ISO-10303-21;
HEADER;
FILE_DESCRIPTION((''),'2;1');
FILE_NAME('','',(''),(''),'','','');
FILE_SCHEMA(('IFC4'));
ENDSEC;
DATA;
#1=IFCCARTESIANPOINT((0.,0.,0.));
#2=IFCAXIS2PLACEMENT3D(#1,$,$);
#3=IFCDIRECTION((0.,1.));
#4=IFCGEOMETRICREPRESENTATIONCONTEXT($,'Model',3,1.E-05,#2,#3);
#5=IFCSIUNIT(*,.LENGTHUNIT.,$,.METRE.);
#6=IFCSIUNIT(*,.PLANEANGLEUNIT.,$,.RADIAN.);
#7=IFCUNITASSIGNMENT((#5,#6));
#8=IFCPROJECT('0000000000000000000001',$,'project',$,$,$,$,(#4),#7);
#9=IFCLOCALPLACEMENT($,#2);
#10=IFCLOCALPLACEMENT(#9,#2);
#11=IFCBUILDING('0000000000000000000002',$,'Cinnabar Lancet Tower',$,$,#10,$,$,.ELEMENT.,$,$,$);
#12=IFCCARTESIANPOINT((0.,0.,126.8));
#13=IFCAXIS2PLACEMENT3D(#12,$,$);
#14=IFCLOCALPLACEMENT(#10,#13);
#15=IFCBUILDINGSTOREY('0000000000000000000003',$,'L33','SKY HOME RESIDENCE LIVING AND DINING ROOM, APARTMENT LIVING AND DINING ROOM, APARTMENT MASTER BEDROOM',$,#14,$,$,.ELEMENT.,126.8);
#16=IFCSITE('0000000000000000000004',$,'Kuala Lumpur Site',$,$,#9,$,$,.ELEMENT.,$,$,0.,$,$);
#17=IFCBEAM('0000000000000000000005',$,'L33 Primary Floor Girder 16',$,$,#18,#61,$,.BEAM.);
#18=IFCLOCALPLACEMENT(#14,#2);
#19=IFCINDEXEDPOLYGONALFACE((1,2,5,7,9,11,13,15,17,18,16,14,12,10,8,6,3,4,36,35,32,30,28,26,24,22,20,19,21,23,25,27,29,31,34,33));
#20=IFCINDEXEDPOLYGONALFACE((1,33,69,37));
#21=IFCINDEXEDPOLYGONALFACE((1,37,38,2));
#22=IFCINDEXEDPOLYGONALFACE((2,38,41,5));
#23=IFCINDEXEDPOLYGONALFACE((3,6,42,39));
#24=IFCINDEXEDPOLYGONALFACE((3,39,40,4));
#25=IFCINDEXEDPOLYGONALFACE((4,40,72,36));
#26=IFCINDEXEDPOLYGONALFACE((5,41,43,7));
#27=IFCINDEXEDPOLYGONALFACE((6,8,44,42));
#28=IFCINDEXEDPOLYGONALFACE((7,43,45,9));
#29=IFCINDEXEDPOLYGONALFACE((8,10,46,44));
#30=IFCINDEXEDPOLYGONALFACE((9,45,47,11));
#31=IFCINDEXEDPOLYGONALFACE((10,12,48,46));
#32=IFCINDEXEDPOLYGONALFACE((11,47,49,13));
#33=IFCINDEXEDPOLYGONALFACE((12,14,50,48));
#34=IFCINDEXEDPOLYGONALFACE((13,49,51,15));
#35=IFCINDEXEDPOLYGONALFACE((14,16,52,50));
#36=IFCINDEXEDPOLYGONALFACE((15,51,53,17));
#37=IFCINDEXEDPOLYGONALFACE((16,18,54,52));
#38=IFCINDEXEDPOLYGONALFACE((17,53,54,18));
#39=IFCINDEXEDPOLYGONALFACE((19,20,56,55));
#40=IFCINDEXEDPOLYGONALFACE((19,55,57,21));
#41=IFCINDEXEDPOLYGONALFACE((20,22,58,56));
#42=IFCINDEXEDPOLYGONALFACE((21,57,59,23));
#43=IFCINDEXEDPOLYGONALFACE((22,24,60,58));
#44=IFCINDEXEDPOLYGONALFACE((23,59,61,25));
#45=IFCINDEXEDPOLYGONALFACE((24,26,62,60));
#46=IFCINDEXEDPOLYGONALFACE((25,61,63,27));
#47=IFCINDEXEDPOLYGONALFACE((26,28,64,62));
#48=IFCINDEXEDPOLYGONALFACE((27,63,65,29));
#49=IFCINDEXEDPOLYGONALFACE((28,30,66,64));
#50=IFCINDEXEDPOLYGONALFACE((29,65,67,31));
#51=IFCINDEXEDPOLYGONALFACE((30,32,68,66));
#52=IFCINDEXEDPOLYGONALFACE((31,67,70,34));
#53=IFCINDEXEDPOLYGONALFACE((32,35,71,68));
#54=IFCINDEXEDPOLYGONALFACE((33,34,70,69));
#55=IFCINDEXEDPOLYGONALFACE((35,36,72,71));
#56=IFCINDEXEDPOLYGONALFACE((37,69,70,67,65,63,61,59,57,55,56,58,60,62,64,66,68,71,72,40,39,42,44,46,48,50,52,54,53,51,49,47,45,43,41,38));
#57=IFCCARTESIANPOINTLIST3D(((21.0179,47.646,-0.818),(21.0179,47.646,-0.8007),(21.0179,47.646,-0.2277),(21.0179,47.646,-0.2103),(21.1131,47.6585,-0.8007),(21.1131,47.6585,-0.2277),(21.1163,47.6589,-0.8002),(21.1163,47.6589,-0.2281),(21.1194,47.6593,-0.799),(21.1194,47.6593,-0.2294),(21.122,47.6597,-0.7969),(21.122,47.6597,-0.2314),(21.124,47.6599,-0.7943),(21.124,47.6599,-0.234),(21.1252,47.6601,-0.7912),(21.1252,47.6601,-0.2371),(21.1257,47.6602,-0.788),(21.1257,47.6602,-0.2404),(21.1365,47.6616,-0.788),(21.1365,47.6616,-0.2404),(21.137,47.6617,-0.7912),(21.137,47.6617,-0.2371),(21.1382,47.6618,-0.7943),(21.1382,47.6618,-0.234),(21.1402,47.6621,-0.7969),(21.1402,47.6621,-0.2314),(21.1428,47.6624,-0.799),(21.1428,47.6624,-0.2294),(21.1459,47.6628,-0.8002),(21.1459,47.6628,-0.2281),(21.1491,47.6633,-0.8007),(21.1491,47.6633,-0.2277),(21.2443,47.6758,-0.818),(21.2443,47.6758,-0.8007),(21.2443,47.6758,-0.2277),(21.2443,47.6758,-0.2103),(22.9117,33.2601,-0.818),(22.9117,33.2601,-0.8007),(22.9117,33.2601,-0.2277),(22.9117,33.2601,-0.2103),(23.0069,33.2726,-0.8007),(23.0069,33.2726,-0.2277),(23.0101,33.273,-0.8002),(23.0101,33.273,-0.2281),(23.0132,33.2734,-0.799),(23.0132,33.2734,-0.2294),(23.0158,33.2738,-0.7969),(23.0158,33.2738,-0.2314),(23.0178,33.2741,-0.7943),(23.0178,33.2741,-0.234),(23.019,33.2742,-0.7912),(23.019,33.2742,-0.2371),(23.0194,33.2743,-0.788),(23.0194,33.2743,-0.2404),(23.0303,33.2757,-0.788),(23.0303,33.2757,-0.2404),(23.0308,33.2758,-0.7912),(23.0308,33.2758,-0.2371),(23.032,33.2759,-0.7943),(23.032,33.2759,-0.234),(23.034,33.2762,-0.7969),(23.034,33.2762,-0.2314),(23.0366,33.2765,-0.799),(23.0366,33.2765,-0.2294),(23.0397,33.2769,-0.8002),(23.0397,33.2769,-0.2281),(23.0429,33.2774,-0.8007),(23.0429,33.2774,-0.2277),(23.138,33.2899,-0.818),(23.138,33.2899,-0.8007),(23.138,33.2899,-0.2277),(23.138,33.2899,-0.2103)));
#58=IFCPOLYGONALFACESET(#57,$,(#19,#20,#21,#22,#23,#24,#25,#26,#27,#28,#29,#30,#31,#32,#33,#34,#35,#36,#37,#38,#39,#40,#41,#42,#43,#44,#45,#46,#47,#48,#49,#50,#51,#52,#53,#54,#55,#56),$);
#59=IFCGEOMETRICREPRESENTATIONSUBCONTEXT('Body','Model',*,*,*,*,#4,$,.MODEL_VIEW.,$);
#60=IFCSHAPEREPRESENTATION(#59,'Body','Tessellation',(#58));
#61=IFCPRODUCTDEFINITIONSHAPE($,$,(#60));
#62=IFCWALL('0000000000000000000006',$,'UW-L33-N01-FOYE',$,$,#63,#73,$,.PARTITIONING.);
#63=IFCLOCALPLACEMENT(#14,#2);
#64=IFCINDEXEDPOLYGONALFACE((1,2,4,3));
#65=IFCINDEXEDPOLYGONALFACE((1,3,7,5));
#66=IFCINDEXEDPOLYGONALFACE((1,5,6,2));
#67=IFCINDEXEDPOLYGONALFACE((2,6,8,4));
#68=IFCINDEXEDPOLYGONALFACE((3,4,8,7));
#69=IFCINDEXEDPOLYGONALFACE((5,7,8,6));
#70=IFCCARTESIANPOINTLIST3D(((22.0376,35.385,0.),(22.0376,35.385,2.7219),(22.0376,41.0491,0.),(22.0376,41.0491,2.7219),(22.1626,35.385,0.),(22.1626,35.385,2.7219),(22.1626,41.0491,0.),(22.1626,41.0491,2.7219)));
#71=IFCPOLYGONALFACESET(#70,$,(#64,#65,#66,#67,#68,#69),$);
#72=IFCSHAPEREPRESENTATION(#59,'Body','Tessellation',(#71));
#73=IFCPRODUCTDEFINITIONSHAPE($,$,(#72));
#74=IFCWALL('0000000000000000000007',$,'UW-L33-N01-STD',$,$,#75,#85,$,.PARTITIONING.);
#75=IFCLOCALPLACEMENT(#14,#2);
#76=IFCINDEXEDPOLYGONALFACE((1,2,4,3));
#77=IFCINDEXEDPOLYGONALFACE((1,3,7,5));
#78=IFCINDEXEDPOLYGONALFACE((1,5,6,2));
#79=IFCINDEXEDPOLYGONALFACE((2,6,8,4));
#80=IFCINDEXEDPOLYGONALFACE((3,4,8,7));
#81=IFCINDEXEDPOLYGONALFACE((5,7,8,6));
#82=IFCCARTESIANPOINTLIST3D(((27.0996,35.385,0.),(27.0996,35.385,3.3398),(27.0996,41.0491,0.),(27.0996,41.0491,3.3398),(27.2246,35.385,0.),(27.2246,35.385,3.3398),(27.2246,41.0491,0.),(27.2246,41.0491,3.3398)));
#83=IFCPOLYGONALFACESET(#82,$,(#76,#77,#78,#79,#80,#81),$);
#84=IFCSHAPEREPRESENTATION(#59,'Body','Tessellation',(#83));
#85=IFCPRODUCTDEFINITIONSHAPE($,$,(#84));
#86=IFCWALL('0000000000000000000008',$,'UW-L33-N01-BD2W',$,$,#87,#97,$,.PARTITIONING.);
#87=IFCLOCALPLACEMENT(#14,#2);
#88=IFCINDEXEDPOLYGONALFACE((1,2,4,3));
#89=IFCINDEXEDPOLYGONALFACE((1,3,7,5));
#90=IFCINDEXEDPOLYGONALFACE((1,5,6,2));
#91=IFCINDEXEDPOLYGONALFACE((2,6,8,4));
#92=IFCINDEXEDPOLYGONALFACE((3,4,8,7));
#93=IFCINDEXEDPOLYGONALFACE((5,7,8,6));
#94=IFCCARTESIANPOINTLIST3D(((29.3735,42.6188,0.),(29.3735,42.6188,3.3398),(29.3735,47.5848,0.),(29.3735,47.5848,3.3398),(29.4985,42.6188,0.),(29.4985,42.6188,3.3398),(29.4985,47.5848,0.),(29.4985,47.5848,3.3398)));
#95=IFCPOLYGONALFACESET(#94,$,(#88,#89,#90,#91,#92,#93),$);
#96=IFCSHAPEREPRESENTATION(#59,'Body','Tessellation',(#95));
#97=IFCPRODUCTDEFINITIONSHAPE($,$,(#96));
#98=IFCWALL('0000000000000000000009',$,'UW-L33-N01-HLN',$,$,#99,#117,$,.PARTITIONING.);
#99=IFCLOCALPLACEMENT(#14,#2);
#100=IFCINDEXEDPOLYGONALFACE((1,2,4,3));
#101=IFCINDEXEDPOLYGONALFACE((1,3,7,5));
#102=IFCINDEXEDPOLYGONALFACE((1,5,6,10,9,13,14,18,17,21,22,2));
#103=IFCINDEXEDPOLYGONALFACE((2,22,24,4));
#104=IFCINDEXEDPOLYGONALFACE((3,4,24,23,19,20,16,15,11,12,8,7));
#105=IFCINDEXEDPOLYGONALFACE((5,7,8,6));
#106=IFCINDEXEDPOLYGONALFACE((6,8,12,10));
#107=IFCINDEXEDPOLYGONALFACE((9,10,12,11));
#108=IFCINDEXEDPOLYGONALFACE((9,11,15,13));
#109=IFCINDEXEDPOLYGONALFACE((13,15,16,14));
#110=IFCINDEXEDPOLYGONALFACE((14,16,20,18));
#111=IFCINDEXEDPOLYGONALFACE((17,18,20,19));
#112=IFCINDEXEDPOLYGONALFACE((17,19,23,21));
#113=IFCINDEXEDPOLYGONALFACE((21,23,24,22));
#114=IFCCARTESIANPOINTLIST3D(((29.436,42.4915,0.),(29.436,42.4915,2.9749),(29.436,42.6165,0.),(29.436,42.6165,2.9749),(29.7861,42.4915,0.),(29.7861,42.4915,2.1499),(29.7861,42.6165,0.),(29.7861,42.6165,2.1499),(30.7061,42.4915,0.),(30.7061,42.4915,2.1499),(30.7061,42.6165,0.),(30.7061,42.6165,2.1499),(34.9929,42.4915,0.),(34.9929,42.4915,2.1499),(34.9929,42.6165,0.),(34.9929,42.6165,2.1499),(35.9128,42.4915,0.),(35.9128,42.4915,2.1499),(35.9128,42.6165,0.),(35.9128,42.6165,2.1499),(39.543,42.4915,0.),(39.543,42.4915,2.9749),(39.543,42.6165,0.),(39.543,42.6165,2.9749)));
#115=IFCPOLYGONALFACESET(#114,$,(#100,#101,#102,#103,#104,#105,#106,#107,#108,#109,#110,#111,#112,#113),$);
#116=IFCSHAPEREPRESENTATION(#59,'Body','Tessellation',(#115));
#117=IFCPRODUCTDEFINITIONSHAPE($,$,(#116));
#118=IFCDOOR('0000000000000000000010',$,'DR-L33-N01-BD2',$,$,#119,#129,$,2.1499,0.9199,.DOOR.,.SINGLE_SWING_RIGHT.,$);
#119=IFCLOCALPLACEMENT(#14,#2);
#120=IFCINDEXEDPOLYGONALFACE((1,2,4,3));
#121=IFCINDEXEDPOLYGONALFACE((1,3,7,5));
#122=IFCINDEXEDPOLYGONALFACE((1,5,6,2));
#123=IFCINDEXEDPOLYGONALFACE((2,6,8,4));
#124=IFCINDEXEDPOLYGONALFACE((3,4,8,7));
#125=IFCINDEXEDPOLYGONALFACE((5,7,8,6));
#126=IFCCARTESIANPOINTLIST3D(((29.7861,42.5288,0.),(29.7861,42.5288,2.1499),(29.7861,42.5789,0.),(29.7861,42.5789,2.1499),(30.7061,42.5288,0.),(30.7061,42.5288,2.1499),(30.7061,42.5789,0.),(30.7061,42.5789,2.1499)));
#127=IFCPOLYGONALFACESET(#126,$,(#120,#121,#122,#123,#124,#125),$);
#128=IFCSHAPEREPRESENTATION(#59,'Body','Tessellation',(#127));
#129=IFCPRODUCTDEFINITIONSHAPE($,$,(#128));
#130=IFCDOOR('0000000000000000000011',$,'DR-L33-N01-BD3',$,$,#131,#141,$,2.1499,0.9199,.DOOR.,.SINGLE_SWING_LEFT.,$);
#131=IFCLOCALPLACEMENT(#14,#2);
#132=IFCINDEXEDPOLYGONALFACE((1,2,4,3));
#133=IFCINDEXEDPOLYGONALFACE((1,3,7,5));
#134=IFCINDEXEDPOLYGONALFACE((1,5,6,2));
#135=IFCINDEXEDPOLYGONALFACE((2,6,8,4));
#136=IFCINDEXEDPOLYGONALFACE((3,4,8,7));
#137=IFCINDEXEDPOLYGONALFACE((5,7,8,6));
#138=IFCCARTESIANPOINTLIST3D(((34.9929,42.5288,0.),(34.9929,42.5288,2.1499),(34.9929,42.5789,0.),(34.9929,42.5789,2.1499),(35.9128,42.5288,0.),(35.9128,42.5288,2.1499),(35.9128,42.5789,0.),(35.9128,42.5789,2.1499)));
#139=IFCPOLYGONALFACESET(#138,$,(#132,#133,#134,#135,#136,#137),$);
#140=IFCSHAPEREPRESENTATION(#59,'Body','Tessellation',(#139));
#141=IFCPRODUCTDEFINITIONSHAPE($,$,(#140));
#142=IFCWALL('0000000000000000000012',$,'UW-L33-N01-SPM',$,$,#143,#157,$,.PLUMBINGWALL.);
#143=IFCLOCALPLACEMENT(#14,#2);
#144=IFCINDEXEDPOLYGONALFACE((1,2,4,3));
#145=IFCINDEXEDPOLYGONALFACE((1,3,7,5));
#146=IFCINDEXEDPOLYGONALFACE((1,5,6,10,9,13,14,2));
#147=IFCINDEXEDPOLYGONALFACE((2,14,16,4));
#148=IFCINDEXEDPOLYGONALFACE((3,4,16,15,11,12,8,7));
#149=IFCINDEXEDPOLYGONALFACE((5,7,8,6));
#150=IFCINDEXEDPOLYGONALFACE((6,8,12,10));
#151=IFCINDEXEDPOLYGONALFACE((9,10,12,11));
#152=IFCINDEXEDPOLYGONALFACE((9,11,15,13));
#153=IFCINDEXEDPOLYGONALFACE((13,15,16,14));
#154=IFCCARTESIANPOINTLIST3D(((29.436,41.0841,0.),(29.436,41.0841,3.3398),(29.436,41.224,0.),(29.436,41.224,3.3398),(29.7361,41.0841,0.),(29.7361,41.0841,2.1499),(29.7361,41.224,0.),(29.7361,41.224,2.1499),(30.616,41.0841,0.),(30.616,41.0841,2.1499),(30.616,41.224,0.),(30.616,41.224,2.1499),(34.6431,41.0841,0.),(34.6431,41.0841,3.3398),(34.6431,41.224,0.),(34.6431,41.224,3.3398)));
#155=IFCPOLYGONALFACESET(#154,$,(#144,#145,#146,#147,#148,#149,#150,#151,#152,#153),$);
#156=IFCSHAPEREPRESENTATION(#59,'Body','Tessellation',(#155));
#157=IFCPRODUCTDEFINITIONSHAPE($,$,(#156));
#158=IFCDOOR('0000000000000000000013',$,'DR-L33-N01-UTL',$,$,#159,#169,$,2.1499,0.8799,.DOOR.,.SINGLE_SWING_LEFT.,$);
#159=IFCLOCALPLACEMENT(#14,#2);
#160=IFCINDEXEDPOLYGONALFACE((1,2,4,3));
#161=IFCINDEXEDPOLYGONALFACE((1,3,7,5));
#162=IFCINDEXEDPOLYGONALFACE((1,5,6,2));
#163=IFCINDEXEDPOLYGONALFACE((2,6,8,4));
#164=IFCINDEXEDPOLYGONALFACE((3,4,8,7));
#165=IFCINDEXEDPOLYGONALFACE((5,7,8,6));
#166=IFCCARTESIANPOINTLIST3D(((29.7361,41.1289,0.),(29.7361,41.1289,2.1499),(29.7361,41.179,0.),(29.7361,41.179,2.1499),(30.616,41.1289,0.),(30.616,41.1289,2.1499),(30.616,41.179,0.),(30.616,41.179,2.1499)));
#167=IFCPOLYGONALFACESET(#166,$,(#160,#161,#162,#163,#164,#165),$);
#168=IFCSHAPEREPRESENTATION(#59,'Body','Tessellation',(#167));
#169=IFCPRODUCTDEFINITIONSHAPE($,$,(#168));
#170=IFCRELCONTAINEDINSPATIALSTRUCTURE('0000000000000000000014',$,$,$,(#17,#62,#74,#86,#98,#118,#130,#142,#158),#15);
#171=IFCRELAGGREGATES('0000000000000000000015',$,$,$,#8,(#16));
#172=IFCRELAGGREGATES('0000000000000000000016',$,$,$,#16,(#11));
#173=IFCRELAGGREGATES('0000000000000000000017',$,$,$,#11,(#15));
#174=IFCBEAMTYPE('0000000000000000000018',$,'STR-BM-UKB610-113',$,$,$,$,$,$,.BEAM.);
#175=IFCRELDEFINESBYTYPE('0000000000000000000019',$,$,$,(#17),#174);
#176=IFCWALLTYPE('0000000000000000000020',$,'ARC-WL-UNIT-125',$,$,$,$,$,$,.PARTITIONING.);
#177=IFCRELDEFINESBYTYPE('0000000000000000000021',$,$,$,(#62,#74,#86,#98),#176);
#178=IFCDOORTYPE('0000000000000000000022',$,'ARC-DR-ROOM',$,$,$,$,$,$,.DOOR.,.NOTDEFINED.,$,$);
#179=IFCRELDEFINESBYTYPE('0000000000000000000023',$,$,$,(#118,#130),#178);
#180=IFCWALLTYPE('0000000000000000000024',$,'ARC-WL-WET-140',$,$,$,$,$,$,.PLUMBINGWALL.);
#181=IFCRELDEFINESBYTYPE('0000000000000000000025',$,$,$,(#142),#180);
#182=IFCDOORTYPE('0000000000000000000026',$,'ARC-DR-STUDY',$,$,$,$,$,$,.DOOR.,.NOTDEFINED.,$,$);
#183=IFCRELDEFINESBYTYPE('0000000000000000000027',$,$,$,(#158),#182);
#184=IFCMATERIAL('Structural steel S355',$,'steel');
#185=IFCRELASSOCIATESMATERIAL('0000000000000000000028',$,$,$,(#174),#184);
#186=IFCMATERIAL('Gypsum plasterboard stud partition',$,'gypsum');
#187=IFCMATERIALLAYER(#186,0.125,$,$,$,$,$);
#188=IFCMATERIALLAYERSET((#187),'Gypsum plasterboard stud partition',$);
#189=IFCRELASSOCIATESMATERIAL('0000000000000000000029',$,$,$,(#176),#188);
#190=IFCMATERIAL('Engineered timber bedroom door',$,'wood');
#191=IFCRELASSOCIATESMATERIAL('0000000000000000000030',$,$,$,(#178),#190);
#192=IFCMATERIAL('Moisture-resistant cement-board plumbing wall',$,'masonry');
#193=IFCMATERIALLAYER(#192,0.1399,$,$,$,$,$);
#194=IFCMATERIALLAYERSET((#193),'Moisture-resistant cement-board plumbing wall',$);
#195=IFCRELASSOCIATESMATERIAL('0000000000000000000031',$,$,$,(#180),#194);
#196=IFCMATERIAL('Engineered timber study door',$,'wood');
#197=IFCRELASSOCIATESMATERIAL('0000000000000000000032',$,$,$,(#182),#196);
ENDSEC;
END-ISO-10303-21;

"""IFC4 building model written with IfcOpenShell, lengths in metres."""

from ifc_helpers import new_model, si_unit, direction, frame, frame_2d, origin, origin_2d, place, context, subcontext, project, spatial, rectangle, i_section, extrude, material, layer, layer_set, material_profile, profile_set, type_object, element, fill, save


model = new_model("IFC4")

# Units and contexts
model_context = context("Model", 3, precision=1e-05, world=origin(), true_north=direction((0.0, 1.0)))
body_context = subcontext(model_context, "Body", "Model", "MODEL_VIEW")
ifc_project = project(units=[si_unit("LENGTHUNIT", "METRE"), si_unit("PLANEANGLEUNIT", "RADIAN")], contexts=[model_context])

# Site, building, storey
site_placement = place(None, origin())
site = spatial("IfcSite", under=ifc_project, at=site_placement, Name="Kuala Lumpur Site", CompositionType="ELEMENT", RefElevation=0.0)
building_placement = place(site_placement, origin())
building = spatial("IfcBuilding", under=site, at=building_placement, Name="Cinnabar Lancet Tower", CompositionType="ELEMENT")
storey_placement = place(building_placement, frame((0.0, 0.0, 126.8)))
storey = spatial("IfcBuildingStorey", under=building, at=storey_placement, Name="L33", Description="SKY HOME RESIDENCE LIVING AND DINING ROOM, APARTMENT LIVING AND DINING ROOM, APARTMENT MASTER BEDROOM", CompositionType="ELEMENT", Elevation=126.8)

# Beam
ifc_material_1 = material(Name="Structural steel S355", Category="steel")
ifc_material_profile_1 = material_profile(ifc_material_1, i_section(OverallWidth=0.2283, OverallDepth=0.6077, WebThickness=0.011, FlangeThickness=0.0173, FilletRadius=0.0127, at=origin_2d()), Name="UKB 610x229x113")
ifc_profile_set_1 = profile_set([ifc_material_profile_1], Name="Structural steel S355")
beam_type_1 = type_object("IfcBeamType", Name="STR-BM-UKB610-113", PredefinedType="BEAM", material=ifc_profile_set_1)
beam_1_placement = place(storey_placement, frame((21.1311, 47.6609, -0.5142), z_axis=(0.130516, -0.991446, 0.0), x_axis=(0.991446, 0.130516, 0.0)))
element("IfcBeam", 1, at=beam_1_placement, inside=storey, type_object=beam_type_1, Name="L33 Primary Floor Girder 16", PredefinedType="BEAM", context=body_context, shape_type="SweptSolid", body=[
    extrude(i_section(OverallWidth=0.2283, OverallDepth=0.6077, WebThickness=0.011, FlangeThickness=0.0173, FilletRadius=0.0127, at=origin_2d()), origin(), (0.0, 0.0, 1.0), 14.51),
])

# Walls
ifc_material_2 = material(Name="Gypsum plasterboard stud partition", Category="gypsum")
ifc_layer_1 = layer(ifc_material_2, 0.125)
ifc_layer_set_1 = layer_set([ifc_layer_1], Name="Gypsum plasterboard stud partition")
wall_type_1 = type_object("IfcWallType", Name="ARC-WL-UNIT-125", PredefinedType="PARTITIONING", material=ifc_layer_set_1)
wall_1_placement = place(storey_placement, frame((22.1001, 35.385, 0.0), z_axis=(0.0, 0.0, 1.0), x_axis=(0.0, 1.0, 0.0)))
element("IfcWall", 2, at=wall_1_placement, inside=storey, type_object=wall_type_1, Name="UW-L33-N01-FOYE", PredefinedType="PARTITIONING", context=body_context, shape_type="SweptSolid", body=[
    extrude(rectangle(XDim=5.6641, YDim=0.125, at=frame_2d((2.832, 0.0))), origin(), (0.0, 0.0, 1.0), 2.7219),
])
wall_2_placement = place(storey_placement, frame((27.1621, 35.385, 0.0), z_axis=(0.0, 0.0, 1.0), x_axis=(0.0, 1.0, 0.0)))
element("IfcWall", 3, at=wall_2_placement, inside=storey, type_object=wall_type_1, Name="UW-L33-N01-STD", PredefinedType="PARTITIONING", context=body_context, shape_type="SweptSolid", body=[
    extrude(rectangle(XDim=5.6641, YDim=0.125, at=frame_2d((2.832, 0.0))), origin(), (0.0, 0.0, 1.0), 3.3398),
])
wall_3_placement = place(storey_placement, frame((29.436, 42.6189, 0.0), z_axis=(0.0, 0.0, 1.0), x_axis=(0.0, 1.0, 0.0)))
element("IfcWall", 4, at=wall_3_placement, inside=storey, type_object=wall_type_1, Name="UW-L33-N01-BD2W", PredefinedType="PARTITIONING", context=body_context, shape_type="SweptSolid", body=[
    extrude(rectangle(XDim=4.9661, YDim=0.125, at=frame_2d((2.4829, 0.0))), origin(), (0.0, 0.0, 1.0), 3.3398),
])

# Wall, openings, doors
wall_4_placement = place(storey_placement, frame((29.436, 42.554, 0.0), z_axis=(0.0, 0.0, 1.0), x_axis=(1.0, 0.0, 0.0)))
wall_4 = element("IfcWall", 5, at=wall_4_placement, inside=storey, type_object=wall_type_1, Name="UW-L33-N01-HLN", PredefinedType="PARTITIONING", context=body_context, shape_type="SweptSolid", body=[
    extrude(rectangle(XDim=10.1069, YDim=0.125, at=frame_2d((5.0535, 0.0))), origin(), (0.0, 0.0, 1.0), 2.9749),
])
opening_1_placement = place(wall_4_placement, frame((0.3501, 0.0, 0.0)))
opening_1 = element("IfcOpeningElement", 6, at=opening_1_placement, cuts=wall_4, PredefinedType="OPENING", context=body_context, shape_type="SweptSolid", body=[
    extrude(rectangle(XDim=0.9199, YDim=2.1499, at=frame_2d((0.46, 1.075))), frame((0.0, 0.0725, 0.0), z_axis=(0.0, -1.0, 0.0), x_axis=(1.0, 0.0, 0.0)), (0.0, 0.0, 1.0), 0.145),
])
opening_2_placement = place(wall_4_placement, frame((5.5569, 0.0, 0.0)))
opening_2 = element("IfcOpeningElement", 7, at=opening_2_placement, cuts=wall_4, PredefinedType="OPENING", context=body_context, shape_type="SweptSolid", body=[
    extrude(rectangle(XDim=0.9199, YDim=2.1499, at=frame_2d((0.46, 1.075))), frame((0.0, 0.0725, 0.0), z_axis=(0.0, -1.0, 0.0), x_axis=(1.0, 0.0, 0.0)), (0.0, 0.0, 1.0), 0.145),
])
ifc_material_3 = material(Name="Engineered timber bedroom door", Category="wood")
door_type_1 = type_object("IfcDoorType", Name="ARC-DR-ROOM", OperationType="NOTDEFINED", PredefinedType="DOOR", material=ifc_material_3)
door_1_placement = place(opening_1_placement, origin())
door_1 = element("IfcDoor", 8, at=door_1_placement, inside=storey, type_object=door_type_1, Name="DR-L33-N01-BD2", OperationType="SINGLE_SWING_RIGHT", OverallHeight=2.1499, OverallWidth=0.9199, PredefinedType="DOOR", context=body_context, shape_type="SweptSolid", body=[
    extrude(rectangle(XDim=0.9199, YDim=2.1499, at=frame_2d((0.46, 1.075))), frame((0.0, 0.0249, 0.0), z_axis=(0.0, -1.0, 0.0), x_axis=(1.0, 0.0, 0.0)), (0.0, 0.0, 1.0), 0.05),
])
fill(opening_1, door_1)
door_2_placement = place(opening_2_placement, origin())
door_2 = element("IfcDoor", 9, at=door_2_placement, inside=storey, type_object=door_type_1, Name="DR-L33-N01-BD3", OperationType="SINGLE_SWING_LEFT", OverallHeight=2.1499, OverallWidth=0.9199, PredefinedType="DOOR", context=body_context, shape_type="SweptSolid", body=[
    extrude(rectangle(XDim=0.9199, YDim=2.1499, at=frame_2d((0.46, 1.075))), frame((0.0, 0.0249, 0.0), z_axis=(0.0, -1.0, 0.0), x_axis=(1.0, 0.0, 0.0)), (0.0, 0.0, 1.0), 0.05),
])
fill(opening_2, door_2)
ifc_material_4 = material(Name="Moisture-resistant cement-board plumbing wall", Category="masonry")
ifc_layer_2 = layer(ifc_material_4, 0.1399)
ifc_layer_set_2 = layer_set([ifc_layer_2], Name="Moisture-resistant cement-board plumbing wall")
wall_type_2 = type_object("IfcWallType", Name="ARC-WL-WET-140", PredefinedType="PLUMBINGWALL", material=ifc_layer_set_2)
ifc_material_5 = material(Name="Engineered timber study door", Category="wood")
door_type_2 = type_object("IfcDoorType", Name="ARC-DR-STUDY", OperationType="NOTDEFINED", PredefinedType="DOOR", material=ifc_material_5)

# Wall, opening, door
wall_5_placement = place(storey_placement, frame((29.436, 41.1541, 0.0), z_axis=(0.0, 0.0, 1.0), x_axis=(1.0, 0.0, 0.0)))
wall_5 = element("IfcWall", 10, at=wall_5_placement, inside=storey, type_object=wall_type_2, Name="UW-L33-N01-SPM", PredefinedType="PLUMBINGWALL", context=body_context, shape_type="SweptSolid", body=[
    extrude(rectangle(XDim=5.207, YDim=0.1399, at=frame_2d((2.6035, 0.0))), origin(), (0.0, 0.0, 1.0), 3.3398),
])
opening_3_placement = place(wall_5_placement, frame((0.3, 0.0, 0.0)))
opening_3 = element("IfcOpeningElement", 11, at=opening_3_placement, cuts=wall_5, PredefinedType="OPENING", context=body_context, shape_type="SweptSolid", body=[
    extrude(rectangle(XDim=0.8799, YDim=2.1499, at=frame_2d((0.4399, 1.075))), frame((0.0, 0.0798, 0.0), z_axis=(0.0, -1.0, 0.0), x_axis=(1.0, 0.0, 0.0)), (0.0, 0.0, 1.0), 0.1599),
])
door_3_placement = place(opening_3_placement, origin())
door_3 = element("IfcDoor", 12, at=door_3_placement, inside=storey, type_object=door_type_2, Name="DR-L33-N01-UTL", OperationType="SINGLE_SWING_LEFT", OverallHeight=2.1499, OverallWidth=0.8799, PredefinedType="DOOR", context=body_context, shape_type="SweptSolid", body=[
    extrude(rectangle(XDim=0.8799, YDim=2.1499, at=frame_2d((0.4399, 1.075))), frame((0.0, 0.0249, 0.0), z_axis=(0.0, -1.0, 0.0), x_axis=(1.0, 0.0, 0.0)), (0.0, 0.0, 1.0), 0.05),
])
fill(opening_3, door_3)

save(model, "model.ifc")
